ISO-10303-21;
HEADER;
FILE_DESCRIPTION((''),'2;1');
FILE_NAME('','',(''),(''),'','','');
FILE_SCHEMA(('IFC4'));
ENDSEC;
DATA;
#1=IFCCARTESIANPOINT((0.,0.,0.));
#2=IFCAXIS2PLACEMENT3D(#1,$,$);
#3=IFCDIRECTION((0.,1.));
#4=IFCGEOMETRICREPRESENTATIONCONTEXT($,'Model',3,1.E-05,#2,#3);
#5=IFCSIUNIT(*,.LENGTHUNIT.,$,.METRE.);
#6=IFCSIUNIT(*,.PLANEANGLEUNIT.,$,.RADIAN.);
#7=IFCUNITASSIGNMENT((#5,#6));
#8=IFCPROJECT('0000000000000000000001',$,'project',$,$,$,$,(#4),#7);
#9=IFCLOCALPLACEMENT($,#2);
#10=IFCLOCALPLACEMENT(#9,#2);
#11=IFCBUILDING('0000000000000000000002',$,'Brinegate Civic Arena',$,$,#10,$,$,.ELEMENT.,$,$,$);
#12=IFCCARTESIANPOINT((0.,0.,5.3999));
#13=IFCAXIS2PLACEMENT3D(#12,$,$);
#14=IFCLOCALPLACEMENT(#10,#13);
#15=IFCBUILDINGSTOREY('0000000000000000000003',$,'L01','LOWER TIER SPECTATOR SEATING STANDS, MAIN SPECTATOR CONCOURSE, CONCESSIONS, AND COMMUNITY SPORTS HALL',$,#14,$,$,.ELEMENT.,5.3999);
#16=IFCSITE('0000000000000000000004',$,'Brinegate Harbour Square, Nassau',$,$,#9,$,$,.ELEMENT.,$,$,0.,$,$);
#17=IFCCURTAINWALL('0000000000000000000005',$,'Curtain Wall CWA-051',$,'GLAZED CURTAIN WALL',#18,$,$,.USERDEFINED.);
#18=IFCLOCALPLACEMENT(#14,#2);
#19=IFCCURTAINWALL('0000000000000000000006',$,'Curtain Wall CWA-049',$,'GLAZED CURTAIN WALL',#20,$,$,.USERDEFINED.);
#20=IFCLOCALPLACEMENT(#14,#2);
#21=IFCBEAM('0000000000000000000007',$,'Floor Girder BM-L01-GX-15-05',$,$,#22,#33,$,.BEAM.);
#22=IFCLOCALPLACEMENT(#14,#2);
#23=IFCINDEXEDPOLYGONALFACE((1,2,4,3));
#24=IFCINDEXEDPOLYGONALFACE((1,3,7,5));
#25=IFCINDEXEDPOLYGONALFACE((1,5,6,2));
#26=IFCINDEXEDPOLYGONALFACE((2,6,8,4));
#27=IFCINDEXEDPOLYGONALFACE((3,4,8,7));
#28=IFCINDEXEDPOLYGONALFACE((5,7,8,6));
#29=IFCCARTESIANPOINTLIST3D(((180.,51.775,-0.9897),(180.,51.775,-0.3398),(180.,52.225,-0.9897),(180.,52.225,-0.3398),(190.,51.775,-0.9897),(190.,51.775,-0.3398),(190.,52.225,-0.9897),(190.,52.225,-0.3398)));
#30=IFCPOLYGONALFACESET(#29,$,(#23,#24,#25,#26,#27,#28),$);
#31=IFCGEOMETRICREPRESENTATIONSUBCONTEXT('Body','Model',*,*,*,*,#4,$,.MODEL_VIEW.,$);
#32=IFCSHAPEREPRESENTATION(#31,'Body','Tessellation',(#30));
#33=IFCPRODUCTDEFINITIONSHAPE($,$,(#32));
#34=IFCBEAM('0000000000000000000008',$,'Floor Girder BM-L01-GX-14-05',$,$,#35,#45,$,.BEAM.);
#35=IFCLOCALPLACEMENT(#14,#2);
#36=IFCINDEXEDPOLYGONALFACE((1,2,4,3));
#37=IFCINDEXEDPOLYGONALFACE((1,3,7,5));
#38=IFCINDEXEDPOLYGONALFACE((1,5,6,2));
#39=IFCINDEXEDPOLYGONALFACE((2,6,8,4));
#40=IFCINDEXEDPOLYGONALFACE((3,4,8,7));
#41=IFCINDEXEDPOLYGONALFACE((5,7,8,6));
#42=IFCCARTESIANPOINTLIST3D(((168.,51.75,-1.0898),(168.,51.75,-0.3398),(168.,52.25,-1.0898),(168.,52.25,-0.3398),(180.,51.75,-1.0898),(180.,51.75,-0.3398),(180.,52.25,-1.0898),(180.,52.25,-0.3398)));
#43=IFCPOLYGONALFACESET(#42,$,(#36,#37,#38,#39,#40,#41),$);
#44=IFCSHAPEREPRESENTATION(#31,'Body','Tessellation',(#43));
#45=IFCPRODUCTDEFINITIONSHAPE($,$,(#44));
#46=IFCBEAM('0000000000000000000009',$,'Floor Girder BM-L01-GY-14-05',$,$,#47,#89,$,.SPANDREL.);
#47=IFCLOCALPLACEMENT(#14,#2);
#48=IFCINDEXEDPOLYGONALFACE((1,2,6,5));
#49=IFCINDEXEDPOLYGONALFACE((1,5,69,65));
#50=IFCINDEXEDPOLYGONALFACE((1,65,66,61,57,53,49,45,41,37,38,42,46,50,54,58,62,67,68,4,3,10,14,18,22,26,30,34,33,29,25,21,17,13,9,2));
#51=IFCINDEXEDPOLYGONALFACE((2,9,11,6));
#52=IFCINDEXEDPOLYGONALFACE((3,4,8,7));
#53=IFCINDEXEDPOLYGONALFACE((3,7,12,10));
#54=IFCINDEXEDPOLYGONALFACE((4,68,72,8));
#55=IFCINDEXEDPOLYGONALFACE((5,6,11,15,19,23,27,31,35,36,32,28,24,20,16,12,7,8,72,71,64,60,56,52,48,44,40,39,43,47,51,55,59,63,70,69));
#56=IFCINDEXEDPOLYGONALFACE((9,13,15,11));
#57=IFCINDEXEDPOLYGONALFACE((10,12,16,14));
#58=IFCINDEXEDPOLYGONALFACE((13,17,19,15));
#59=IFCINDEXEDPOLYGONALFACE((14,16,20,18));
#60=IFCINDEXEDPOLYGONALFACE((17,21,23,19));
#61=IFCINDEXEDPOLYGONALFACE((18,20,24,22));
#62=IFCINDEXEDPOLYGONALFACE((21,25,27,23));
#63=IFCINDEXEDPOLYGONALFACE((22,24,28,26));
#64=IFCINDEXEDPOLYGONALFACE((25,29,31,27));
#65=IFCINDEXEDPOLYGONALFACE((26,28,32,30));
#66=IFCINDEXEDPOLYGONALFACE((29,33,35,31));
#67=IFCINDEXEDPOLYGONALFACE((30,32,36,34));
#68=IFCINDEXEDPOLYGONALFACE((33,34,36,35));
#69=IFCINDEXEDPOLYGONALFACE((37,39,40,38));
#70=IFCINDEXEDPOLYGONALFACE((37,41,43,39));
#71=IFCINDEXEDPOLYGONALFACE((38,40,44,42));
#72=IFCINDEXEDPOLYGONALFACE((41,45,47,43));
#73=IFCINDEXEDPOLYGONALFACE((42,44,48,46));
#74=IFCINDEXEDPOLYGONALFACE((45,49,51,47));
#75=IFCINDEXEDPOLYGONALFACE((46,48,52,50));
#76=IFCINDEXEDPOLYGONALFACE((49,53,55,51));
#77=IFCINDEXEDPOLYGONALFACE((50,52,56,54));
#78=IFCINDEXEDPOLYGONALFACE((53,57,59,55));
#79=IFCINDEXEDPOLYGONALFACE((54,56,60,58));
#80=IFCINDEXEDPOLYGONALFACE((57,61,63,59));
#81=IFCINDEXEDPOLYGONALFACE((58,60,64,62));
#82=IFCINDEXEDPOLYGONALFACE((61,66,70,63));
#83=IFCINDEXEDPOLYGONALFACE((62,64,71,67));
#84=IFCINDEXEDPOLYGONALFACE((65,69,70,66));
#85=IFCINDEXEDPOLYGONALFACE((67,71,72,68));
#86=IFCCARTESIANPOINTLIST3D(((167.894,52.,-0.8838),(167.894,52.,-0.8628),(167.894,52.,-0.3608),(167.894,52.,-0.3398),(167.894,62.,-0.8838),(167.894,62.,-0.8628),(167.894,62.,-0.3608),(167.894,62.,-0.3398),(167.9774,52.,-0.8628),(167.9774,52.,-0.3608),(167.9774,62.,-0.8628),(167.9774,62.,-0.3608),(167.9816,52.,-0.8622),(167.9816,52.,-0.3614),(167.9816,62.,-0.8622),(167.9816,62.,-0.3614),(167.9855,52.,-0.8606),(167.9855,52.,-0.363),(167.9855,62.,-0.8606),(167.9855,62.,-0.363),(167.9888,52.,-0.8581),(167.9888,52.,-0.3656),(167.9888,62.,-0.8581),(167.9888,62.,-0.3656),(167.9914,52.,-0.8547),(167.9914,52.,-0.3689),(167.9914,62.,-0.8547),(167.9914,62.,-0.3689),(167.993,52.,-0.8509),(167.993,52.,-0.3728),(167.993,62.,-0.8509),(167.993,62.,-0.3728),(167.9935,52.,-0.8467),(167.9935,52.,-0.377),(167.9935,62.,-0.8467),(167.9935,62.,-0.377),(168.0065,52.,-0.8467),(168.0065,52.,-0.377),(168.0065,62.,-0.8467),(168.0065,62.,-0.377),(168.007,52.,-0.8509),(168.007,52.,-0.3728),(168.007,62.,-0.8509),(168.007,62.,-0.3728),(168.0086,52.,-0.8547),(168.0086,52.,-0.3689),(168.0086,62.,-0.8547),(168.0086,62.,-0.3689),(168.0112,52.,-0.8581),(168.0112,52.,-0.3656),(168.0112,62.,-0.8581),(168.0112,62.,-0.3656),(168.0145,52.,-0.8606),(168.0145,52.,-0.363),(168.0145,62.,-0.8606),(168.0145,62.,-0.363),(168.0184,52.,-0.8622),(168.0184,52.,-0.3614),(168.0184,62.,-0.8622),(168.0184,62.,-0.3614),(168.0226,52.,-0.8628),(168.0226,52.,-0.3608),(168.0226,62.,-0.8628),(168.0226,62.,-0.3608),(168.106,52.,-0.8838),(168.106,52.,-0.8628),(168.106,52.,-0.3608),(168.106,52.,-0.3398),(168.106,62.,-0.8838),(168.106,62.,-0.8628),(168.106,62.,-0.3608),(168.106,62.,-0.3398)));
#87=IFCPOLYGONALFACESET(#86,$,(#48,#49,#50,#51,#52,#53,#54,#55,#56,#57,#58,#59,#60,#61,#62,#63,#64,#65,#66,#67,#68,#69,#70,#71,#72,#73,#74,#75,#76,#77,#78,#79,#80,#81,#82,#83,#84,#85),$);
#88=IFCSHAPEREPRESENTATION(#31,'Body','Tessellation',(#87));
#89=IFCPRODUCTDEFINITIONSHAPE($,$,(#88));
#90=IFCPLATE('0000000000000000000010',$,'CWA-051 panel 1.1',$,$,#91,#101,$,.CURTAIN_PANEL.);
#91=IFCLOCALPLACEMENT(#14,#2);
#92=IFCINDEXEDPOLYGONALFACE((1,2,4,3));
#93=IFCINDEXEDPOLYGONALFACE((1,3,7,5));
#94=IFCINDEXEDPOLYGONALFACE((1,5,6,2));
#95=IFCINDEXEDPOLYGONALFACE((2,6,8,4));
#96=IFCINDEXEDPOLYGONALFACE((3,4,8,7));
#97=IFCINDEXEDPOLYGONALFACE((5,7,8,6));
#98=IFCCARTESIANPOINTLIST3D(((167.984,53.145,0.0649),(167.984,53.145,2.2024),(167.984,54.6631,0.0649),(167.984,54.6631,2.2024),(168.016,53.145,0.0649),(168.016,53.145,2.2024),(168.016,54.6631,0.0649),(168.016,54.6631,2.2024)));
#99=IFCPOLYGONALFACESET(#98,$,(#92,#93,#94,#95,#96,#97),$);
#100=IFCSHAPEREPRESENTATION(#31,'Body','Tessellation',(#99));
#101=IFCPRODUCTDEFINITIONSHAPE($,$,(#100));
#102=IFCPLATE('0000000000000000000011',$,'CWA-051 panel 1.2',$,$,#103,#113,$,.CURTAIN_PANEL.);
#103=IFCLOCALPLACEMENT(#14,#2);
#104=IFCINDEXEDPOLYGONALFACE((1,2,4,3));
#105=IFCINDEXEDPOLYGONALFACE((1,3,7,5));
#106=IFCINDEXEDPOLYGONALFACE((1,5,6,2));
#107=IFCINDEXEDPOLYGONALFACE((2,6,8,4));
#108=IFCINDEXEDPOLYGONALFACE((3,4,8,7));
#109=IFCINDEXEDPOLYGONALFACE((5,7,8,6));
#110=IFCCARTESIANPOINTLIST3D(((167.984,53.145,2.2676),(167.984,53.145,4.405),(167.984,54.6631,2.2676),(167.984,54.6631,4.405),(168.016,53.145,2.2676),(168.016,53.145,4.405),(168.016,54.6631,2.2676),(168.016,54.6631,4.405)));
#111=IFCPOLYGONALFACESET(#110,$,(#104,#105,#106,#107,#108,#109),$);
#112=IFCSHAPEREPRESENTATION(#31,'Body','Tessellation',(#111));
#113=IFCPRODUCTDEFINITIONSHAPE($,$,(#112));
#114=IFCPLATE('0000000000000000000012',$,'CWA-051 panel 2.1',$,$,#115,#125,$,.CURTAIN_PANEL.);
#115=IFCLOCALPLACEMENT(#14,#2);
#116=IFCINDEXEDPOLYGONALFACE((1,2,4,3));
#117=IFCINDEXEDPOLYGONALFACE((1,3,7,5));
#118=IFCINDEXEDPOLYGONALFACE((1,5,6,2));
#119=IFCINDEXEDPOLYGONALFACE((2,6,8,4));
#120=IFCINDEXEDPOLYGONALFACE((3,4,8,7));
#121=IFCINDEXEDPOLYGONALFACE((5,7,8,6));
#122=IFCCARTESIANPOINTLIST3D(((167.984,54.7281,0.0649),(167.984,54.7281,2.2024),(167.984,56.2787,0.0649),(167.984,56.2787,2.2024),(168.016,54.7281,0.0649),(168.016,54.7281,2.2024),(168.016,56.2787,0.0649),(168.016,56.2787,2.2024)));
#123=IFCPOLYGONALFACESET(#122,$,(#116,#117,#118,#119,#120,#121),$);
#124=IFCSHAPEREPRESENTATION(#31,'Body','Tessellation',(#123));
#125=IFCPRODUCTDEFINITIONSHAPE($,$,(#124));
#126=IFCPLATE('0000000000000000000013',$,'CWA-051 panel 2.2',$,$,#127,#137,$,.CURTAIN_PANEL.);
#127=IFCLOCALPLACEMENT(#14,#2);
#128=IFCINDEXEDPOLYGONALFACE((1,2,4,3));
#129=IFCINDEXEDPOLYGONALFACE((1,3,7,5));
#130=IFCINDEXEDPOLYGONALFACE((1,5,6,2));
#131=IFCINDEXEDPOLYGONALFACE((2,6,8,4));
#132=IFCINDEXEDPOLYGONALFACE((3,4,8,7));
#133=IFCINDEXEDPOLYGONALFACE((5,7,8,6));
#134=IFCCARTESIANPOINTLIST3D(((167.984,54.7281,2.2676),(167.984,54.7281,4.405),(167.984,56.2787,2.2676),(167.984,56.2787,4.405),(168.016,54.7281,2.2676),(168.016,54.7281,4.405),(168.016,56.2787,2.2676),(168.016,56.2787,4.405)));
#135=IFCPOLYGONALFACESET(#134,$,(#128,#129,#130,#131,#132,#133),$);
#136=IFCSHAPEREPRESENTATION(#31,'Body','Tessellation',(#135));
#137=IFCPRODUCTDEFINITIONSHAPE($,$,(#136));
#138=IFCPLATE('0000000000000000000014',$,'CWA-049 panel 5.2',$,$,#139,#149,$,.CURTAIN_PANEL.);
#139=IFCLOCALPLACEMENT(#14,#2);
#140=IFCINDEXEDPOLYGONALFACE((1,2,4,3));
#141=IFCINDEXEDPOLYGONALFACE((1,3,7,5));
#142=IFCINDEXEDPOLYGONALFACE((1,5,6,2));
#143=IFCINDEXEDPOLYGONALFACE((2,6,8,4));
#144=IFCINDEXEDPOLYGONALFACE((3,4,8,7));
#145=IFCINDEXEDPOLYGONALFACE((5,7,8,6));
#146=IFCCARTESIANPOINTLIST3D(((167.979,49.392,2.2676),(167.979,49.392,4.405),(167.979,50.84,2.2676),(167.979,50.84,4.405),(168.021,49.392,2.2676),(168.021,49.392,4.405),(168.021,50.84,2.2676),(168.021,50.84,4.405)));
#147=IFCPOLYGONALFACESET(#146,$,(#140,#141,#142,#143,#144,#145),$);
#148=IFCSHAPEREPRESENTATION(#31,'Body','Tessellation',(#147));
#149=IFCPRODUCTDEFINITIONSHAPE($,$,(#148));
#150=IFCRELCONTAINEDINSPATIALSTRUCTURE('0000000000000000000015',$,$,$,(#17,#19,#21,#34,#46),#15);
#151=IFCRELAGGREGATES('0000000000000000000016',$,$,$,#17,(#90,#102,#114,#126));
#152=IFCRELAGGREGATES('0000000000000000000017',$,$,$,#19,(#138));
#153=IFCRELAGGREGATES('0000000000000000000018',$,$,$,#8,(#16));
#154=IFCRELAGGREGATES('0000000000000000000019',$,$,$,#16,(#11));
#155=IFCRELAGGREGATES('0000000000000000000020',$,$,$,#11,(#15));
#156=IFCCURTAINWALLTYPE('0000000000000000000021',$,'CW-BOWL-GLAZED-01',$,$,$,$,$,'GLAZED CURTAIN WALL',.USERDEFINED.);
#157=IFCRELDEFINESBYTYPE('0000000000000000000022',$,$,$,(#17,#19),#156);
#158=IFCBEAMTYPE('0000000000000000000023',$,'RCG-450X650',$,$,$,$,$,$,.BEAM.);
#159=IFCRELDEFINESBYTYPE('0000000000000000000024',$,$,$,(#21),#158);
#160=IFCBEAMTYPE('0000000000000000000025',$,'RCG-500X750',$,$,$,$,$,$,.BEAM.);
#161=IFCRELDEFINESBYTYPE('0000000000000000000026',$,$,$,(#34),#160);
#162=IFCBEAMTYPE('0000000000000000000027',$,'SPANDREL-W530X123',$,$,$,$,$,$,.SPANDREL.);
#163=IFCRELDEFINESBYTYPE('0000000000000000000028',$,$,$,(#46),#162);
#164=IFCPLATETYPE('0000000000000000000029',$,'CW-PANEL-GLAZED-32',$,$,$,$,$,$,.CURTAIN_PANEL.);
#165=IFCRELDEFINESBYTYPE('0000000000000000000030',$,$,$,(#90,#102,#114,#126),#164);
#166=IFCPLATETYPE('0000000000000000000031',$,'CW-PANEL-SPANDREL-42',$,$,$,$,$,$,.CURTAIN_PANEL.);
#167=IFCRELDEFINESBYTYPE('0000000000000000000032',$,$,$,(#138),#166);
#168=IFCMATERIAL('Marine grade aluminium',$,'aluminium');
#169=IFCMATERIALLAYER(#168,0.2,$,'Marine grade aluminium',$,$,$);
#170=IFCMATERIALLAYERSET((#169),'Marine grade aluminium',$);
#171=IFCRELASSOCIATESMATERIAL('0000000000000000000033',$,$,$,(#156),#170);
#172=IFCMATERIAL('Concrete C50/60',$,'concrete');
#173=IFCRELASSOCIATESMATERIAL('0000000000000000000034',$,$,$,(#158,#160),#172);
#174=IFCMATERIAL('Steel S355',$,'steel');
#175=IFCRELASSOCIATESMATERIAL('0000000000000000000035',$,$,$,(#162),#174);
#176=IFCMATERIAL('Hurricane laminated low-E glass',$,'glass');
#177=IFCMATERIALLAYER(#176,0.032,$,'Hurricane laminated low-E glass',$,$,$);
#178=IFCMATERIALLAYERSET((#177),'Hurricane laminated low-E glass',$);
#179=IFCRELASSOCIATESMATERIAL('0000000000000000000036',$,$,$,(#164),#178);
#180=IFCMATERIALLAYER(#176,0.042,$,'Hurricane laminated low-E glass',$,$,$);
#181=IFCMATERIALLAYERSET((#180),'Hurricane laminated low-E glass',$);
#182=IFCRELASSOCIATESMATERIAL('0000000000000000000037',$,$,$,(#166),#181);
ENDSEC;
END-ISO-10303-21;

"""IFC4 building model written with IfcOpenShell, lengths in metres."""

from ifc_helpers import new_model, si_unit, direction, frame, origin, origin_2d, place, context, subcontext, project, spatial, rectangle, i_section, extrude, material, layer, layer_set, material_profile, profile_set, type_object, element, aggregate, save


model = new_model("IFC4")

# Units and contexts
model_context = context("Model", 3, precision=1e-05, world=origin(), true_north=direction((0.0, 1.0)))
body_context = subcontext(model_context, "Body", "Model", "MODEL_VIEW")
ifc_project = project(units=[si_unit("LENGTHUNIT", "METRE"), si_unit("PLANEANGLEUNIT", "RADIAN")], contexts=[model_context])

# Site, building, storey
site_placement = place(None, origin())
site = spatial("IfcSite", under=ifc_project, at=site_placement, Name="Brinegate Harbour Square, Nassau", CompositionType="ELEMENT", RefElevation=0.0)
building_placement = place(site_placement, origin())
building = spatial("IfcBuilding", under=site, at=building_placement, Name="Brinegate Civic Arena", CompositionType="ELEMENT")
storey_placement = place(building_placement, frame((0.0, 0.0, 5.3999)))
storey = spatial("IfcBuildingStorey", under=building, at=storey_placement, Name="L01", Description="LOWER TIER SPECTATOR SEATING STANDS, MAIN SPECTATOR CONCOURSE, CONCESSIONS, AND COMMUNITY SPORTS HALL", CompositionType="ELEMENT", Elevation=5.3999)

# Shared definitions
ifc_material_1 = material(Name="Concrete C50/60", Category="concrete")

# Curtain wall
ifc_material_2 = material(Name="Marine grade aluminium", Category="aluminium")
ifc_layer_1 = layer(ifc_material_2, 0.2, Name="Marine grade aluminium")
ifc_layer_set_1 = layer_set([ifc_layer_1], Name="Marine grade aluminium")
curtain_wall_type = type_object("IfcCurtainWallType", Name="CW-BOWL-GLAZED-01", ElementType="GLAZED CURTAIN WALL", PredefinedType="USERDEFINED", material=ifc_layer_set_1)
curtain_wall_1_placement = place(storey_placement, origin())
curtain_wall_1 = element("IfcCurtainWall", 1, at=curtain_wall_1_placement, inside=storey, type_object=curtain_wall_type, Name="Curtain Wall CWA-051", ObjectType="GLAZED CURTAIN WALL", PredefinedType="USERDEFINED")

# Curtain wall
curtain_wall_2_placement = place(storey_placement, origin())
curtain_wall_2 = element("IfcCurtainWall", 2, at=curtain_wall_2_placement, inside=storey, type_object=curtain_wall_type, Name="Curtain Wall CWA-049", ObjectType="GLAZED CURTAIN WALL", PredefinedType="USERDEFINED")

# Beams
ifc_material_3 = material(Name="Steel S355", Category="steel")
ifc_material_profile_1 = material_profile(ifc_material_1, rectangle(XDim=0.45, YDim=0.6499, at=origin_2d()), Name="RCB450X650")
ifc_profile_set_1 = profile_set([ifc_material_profile_1], Name="Concrete C50/60")
beam_type_1 = type_object("IfcBeamType", Name="RCG-450X650", PredefinedType="BEAM", material=ifc_profile_set_1)
beam_1_placement = place(storey_placement, frame((180.0, 52.0, -0.6648), z_axis=(1.0, 0.0, 0.0), x_axis=(0.0, 1.0, 0.0)))
element("IfcBeam", 3, at=beam_1_placement, inside=storey, type_object=beam_type_1, Name="Floor Girder BM-L01-GX-15-05", PredefinedType="BEAM", context=body_context, shape_type="SweptSolid", body=[
    extrude(rectangle(XDim=0.45, YDim=0.6499, at=origin_2d()), origin(), (0.0, 0.0, 1.0), 10.0),
])
ifc_material_profile_2 = material_profile(ifc_material_1, rectangle(XDim=0.5, YDim=0.75, at=origin_2d()), Name="RCB500X750")
ifc_profile_set_2 = profile_set([ifc_material_profile_2], Name="Concrete C50/60")
beam_type_2 = type_object("IfcBeamType", Name="RCG-500X750", PredefinedType="BEAM", material=ifc_profile_set_2)
beam_2_placement = place(storey_placement, frame((168.0, 52.0, -0.7148), z_axis=(1.0, 0.0, 0.0), x_axis=(0.0, 1.0, 0.0)))
element("IfcBeam", 4, at=beam_2_placement, inside=storey, type_object=beam_type_2, Name="Floor Girder BM-L01-GX-14-05", PredefinedType="BEAM", context=body_context, shape_type="SweptSolid", body=[
    extrude(rectangle(XDim=0.5, YDim=0.75, at=origin_2d()), origin(), (0.0, 0.0, 1.0), 12.0),
])
ifc_material_profile_3 = material_profile(ifc_material_3, i_section(OverallWidth=0.2119, OverallDepth=0.5439, WebThickness=0.0129, FlangeThickness=0.021, FilletRadius=0.0161, at=origin_2d()), Name="W530X123")
ifc_profile_set_3 = profile_set([ifc_material_profile_3], Name="Steel S355")
beam_type_3 = type_object("IfcBeamType", Name="SPANDREL-W530X123", PredefinedType="SPANDREL", material=ifc_profile_set_3)
beam_3_placement = place(storey_placement, frame((168.0, 52.0, -0.6118), z_axis=(0.0, 1.0, 0.0), x_axis=(-1.0, 0.0, 0.0)))
element("IfcBeam", 5, at=beam_3_placement, inside=storey, type_object=beam_type_3, Name="Floor Girder BM-L01-GY-14-05", PredefinedType="SPANDREL", context=body_context, shape_type="SweptSolid", body=[
    extrude(i_section(OverallWidth=0.2119, OverallDepth=0.5439, WebThickness=0.0129, FlangeThickness=0.021, FilletRadius=0.0161, at=origin_2d()), origin(), (0.0, 0.0, 1.0), 10.0),
])

# Plates
ifc_material_4 = material(Name="Hurricane laminated low-E glass", Category="glass")
ifc_layer_2 = layer(ifc_material_4, 0.032, Name="Hurricane laminated low-E glass")
ifc_layer_set_2 = layer_set([ifc_layer_2], Name="Hurricane laminated low-E glass")
plate_type_1 = type_object("IfcPlateType", Name="CW-PANEL-GLAZED-32", PredefinedType="CURTAIN_PANEL", material=ifc_layer_set_2)
plate_1_placement = place(storey_placement, frame((168.0, 53.9041, 0.0649), z_axis=(0.0, 0.0, 1.0), x_axis=(0.0, 1.0, 0.0)))
plate_1 = element("IfcPlate", 6, at=plate_1_placement, type_object=plate_type_1, Name="CWA-051 panel 1.1", PredefinedType="CURTAIN_PANEL", context=body_context, shape_type="SweptSolid", body=[
    extrude(rectangle(XDim=1.5181, YDim=0.032, at=origin_2d()), origin(), (0.0, 0.0, 1.0), 2.1375),
])
plate_2_placement = place(storey_placement, frame((168.0, 53.9041, 2.2676), z_axis=(0.0, 0.0, 1.0), x_axis=(0.0, 1.0, 0.0)))
plate_2 = element("IfcPlate", 7, at=plate_2_placement, type_object=plate_type_1, Name="CWA-051 panel 1.2", PredefinedType="CURTAIN_PANEL", context=body_context, shape_type="SweptSolid", body=[
    extrude(rectangle(XDim=1.5181, YDim=0.032, at=origin_2d()), origin(), (0.0, 0.0, 1.0), 2.1375),
])
plate_3_placement = place(storey_placement, frame((168.0, 55.5034, 0.0649), z_axis=(0.0, 0.0, 1.0), x_axis=(0.0, 1.0, 0.0)))
plate_3 = element("IfcPlate", 8, at=plate_3_placement, type_object=plate_type_1, Name="CWA-051 panel 2.1", PredefinedType="CURTAIN_PANEL", context=body_context, shape_type="SweptSolid", body=[
    extrude(rectangle(XDim=1.5505, YDim=0.032, at=origin_2d()), origin(), (0.0, 0.0, 1.0), 2.1375),
])
plate_4_placement = place(storey_placement, frame((168.0, 55.5034, 2.2676), z_axis=(0.0, 0.0, 1.0), x_axis=(0.0, 1.0, 0.0)))
plate_4 = element("IfcPlate", 9, at=plate_4_placement, type_object=plate_type_1, Name="CWA-051 panel 2.2", PredefinedType="CURTAIN_PANEL", context=body_context, shape_type="SweptSolid", body=[
    extrude(rectangle(XDim=1.5505, YDim=0.032, at=origin_2d()), origin(), (0.0, 0.0, 1.0), 2.1375),
])
aggregate(curtain_wall_1, [plate_1, plate_2, plate_3, plate_4])
ifc_layer_3 = layer(ifc_material_4, 0.042, Name="Hurricane laminated low-E glass")
ifc_layer_set_3 = layer_set([ifc_layer_3], Name="Hurricane laminated low-E glass")
plate_type_2 = type_object("IfcPlateType", Name="CW-PANEL-SPANDREL-42", PredefinedType="CURTAIN_PANEL", material=ifc_layer_set_3)
plate_5_placement = place(storey_placement, frame((168.0, 50.116, 2.2676), z_axis=(0.0, 0.0, 1.0), x_axis=(0.0, 1.0, 0.0)))
plate_5 = element("IfcPlate", 10, at=plate_5_placement, type_object=plate_type_2, Name="CWA-049 panel 5.2", PredefinedType="CURTAIN_PANEL", context=body_context, shape_type="SweptSolid", body=[
    extrude(rectangle(XDim=1.448, YDim=0.042, at=origin_2d()), origin(), (0.0, 0.0, 1.0), 2.1375),
])
aggregate(curtain_wall_2, [plate_5])

save(model, "model.ifc")
